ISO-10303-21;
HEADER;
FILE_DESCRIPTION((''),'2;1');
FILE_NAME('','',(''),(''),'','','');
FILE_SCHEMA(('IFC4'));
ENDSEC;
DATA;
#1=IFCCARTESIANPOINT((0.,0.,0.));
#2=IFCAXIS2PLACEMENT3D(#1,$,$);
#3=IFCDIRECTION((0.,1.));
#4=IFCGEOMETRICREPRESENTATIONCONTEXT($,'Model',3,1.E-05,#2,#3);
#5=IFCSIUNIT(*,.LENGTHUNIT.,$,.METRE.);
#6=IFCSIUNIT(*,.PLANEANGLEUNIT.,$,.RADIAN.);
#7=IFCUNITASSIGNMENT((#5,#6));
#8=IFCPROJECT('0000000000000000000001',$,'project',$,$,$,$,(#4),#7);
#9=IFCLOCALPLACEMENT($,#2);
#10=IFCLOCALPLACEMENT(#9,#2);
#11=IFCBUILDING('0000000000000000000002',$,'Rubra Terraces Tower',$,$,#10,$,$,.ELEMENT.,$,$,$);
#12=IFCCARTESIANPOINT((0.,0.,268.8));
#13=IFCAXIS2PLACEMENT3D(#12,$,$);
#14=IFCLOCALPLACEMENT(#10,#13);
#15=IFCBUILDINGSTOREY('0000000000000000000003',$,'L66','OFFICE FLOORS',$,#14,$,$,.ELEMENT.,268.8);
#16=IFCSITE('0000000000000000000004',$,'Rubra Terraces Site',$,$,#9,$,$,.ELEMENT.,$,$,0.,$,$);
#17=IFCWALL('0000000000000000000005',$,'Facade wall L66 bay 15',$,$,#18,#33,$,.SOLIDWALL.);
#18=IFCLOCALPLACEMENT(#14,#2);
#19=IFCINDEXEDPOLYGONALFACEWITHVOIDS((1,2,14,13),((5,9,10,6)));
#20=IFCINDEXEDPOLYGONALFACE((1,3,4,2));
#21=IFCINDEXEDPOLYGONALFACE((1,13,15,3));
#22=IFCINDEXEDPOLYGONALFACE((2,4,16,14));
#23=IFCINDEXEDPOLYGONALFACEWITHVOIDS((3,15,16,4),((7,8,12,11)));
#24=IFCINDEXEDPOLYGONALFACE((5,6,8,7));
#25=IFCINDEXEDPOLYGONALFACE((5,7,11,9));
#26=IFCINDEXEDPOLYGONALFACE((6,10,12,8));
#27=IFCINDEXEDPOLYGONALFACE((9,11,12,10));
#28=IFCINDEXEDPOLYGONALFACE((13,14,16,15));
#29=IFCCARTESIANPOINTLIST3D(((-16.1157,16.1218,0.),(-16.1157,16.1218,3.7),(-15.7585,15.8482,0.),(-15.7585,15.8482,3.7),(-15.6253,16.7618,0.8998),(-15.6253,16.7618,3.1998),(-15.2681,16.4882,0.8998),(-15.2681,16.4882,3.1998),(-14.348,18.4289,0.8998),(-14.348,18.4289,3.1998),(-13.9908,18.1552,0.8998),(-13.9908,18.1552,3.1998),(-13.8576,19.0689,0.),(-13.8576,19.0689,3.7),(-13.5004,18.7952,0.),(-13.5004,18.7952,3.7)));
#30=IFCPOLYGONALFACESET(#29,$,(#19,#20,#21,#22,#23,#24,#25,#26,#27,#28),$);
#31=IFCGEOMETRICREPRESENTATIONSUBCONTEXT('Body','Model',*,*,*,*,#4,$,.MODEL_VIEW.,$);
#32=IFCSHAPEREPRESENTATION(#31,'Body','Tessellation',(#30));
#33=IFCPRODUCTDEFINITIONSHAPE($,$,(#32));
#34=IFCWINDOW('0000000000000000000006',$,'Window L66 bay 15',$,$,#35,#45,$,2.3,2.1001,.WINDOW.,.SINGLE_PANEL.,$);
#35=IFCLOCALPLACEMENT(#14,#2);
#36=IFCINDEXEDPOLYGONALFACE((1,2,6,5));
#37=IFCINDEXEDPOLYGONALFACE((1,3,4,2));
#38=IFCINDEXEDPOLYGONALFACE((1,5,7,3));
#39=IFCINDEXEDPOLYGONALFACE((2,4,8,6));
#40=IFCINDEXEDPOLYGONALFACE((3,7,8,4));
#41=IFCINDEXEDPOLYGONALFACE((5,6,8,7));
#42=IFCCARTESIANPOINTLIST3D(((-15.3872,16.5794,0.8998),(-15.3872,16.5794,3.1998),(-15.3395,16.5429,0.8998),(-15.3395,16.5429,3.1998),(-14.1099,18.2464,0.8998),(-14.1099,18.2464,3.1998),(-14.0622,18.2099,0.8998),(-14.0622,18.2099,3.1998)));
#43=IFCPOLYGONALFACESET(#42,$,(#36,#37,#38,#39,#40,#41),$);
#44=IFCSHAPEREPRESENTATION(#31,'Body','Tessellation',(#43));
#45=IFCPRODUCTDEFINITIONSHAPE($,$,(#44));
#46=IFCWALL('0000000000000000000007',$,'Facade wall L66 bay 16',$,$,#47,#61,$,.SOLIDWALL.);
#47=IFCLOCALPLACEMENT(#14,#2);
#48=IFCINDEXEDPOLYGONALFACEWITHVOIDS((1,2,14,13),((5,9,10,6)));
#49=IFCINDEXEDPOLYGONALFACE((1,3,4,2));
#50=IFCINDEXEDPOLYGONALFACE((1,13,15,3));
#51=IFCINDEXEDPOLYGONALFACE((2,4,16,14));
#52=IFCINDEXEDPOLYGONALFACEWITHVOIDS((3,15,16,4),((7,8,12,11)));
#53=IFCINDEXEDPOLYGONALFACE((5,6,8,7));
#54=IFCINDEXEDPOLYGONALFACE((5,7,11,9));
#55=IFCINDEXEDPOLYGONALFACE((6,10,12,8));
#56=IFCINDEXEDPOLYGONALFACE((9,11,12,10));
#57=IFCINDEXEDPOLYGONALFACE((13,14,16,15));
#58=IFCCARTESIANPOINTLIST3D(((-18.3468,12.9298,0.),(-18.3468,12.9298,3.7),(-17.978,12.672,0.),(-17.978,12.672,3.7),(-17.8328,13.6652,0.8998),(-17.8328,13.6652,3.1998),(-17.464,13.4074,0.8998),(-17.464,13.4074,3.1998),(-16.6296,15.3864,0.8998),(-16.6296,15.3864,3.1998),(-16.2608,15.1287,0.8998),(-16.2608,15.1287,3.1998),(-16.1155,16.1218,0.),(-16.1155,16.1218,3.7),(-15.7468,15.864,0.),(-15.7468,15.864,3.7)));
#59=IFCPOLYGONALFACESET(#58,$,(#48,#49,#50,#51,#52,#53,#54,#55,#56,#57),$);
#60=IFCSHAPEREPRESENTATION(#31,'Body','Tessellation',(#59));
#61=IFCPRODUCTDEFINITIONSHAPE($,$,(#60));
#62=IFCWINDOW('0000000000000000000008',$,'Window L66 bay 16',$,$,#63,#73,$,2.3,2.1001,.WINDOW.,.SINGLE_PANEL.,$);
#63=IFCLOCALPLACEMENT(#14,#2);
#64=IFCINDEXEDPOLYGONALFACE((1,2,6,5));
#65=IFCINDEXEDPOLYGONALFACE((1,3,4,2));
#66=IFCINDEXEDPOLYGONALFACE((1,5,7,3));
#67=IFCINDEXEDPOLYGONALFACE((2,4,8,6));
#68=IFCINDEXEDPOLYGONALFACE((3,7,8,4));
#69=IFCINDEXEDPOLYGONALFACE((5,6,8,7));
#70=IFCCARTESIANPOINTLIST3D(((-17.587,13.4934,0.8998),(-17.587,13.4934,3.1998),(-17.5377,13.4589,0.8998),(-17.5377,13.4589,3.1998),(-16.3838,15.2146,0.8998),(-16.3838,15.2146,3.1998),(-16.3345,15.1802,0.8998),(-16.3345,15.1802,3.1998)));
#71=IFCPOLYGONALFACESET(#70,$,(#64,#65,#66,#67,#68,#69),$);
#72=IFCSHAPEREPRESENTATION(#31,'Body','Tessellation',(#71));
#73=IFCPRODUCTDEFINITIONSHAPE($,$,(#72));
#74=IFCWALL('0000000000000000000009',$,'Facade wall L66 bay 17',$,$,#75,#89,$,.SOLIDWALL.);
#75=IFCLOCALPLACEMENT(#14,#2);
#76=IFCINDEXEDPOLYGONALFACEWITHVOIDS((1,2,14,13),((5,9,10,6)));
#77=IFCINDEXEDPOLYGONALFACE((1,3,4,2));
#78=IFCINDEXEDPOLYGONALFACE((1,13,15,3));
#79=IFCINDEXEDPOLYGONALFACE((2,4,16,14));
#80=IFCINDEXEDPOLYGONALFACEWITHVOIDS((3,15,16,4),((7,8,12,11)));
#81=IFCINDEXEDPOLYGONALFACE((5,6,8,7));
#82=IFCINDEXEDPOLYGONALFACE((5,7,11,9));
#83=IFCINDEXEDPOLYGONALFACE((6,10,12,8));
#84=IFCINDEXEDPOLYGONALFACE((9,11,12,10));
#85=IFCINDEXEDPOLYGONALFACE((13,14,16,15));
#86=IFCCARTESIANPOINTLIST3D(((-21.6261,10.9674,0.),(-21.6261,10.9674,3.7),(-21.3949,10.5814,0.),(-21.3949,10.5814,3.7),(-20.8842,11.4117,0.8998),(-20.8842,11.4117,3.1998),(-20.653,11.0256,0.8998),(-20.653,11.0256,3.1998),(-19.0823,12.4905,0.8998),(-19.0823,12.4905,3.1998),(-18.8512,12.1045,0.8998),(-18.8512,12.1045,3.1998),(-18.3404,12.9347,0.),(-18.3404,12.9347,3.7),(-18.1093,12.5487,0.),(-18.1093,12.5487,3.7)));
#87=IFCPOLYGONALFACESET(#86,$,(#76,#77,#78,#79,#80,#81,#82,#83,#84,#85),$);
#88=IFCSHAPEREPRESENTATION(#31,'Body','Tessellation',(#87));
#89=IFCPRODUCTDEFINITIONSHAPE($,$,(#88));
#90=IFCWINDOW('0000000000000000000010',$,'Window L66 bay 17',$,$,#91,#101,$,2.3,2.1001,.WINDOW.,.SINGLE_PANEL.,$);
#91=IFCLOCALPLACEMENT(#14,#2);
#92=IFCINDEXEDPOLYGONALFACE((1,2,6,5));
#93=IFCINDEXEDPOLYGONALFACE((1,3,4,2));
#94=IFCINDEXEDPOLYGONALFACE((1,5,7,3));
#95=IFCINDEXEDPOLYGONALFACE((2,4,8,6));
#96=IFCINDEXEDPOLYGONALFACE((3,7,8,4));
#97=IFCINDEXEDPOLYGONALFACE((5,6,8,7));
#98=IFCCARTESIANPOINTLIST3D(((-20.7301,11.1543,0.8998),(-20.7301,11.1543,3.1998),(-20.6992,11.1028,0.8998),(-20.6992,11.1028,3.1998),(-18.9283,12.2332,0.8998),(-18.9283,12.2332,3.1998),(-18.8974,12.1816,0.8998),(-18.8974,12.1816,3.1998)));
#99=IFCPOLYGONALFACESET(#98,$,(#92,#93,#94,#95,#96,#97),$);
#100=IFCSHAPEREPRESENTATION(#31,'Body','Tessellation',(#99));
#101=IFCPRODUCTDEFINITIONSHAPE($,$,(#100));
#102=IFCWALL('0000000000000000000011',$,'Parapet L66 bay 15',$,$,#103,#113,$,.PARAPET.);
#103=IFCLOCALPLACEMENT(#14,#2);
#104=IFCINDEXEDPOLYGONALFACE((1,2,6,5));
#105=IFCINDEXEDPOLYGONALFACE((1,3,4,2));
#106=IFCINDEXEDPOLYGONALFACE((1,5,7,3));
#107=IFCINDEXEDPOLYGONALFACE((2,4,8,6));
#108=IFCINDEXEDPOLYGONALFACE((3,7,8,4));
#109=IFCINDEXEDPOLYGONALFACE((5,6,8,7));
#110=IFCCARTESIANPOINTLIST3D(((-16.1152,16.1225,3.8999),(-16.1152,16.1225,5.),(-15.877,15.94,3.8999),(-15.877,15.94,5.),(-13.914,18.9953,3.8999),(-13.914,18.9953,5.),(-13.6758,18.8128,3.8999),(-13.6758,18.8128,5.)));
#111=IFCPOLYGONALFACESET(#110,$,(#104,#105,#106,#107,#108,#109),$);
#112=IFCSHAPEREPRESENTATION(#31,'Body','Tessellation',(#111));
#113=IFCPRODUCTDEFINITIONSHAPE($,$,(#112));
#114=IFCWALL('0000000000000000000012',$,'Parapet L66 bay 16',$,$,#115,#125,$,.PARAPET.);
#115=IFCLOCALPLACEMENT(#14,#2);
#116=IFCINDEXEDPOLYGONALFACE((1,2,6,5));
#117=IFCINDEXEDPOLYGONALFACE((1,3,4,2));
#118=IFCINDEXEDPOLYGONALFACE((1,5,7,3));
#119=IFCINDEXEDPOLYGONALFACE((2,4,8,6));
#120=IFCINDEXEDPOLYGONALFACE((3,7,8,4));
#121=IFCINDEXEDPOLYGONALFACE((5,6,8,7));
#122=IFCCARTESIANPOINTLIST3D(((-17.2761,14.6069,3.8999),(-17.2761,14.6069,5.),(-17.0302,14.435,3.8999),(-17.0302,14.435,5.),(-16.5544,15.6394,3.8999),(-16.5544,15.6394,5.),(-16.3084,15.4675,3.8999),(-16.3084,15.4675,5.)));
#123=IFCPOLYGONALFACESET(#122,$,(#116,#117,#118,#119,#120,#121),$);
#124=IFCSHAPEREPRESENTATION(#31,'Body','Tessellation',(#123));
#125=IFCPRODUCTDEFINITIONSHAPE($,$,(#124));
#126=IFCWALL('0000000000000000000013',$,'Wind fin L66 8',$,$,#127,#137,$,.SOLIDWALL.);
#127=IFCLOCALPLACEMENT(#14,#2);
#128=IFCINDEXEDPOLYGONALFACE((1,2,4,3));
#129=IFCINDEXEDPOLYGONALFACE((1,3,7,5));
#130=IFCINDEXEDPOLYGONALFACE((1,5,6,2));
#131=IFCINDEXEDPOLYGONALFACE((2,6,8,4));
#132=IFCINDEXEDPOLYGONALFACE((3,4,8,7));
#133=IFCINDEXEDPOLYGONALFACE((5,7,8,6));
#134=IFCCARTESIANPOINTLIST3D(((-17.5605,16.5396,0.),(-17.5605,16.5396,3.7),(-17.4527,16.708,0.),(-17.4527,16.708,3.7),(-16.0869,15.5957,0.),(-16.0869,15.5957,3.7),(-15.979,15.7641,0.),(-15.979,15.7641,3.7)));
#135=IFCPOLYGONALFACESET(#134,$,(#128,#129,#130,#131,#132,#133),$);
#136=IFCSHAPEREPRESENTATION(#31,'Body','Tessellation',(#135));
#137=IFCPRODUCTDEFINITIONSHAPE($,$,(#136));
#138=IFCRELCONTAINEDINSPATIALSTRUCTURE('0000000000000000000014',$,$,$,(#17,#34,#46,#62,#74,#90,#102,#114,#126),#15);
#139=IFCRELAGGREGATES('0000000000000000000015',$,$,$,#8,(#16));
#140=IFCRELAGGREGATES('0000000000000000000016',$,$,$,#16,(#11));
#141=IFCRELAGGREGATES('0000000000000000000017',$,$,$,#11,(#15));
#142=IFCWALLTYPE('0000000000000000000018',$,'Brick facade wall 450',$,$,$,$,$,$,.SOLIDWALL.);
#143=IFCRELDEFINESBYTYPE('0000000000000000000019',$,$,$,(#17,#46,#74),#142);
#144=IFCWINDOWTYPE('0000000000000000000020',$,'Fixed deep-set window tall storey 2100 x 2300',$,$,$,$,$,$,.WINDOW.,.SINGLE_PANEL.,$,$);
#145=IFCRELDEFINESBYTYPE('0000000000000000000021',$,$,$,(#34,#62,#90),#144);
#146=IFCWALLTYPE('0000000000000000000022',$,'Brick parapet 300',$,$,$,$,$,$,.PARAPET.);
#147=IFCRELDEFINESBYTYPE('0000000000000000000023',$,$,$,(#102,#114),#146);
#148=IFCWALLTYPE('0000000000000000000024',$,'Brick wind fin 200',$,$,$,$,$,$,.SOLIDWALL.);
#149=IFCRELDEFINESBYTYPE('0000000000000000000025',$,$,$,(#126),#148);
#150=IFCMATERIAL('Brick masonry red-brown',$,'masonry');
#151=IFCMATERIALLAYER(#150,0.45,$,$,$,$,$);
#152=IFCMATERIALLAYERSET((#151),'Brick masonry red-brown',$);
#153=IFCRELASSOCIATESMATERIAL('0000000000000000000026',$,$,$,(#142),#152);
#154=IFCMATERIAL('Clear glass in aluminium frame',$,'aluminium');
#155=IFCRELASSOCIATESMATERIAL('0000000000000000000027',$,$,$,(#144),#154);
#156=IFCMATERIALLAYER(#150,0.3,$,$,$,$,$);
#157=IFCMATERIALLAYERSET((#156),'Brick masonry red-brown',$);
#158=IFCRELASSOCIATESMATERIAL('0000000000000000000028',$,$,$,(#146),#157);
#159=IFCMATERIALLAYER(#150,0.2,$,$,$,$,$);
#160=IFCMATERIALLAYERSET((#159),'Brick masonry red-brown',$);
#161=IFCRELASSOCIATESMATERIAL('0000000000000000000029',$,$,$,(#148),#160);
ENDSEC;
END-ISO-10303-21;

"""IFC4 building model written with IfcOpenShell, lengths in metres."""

from ifc_helpers import new_model, si_unit, direction, frame, frame_2d, origin, place, context, subcontext, project, spatial, rectangle, extrude, material, layer, layer_set, type_object, element, fill, save


model = new_model("IFC4")

# Units and contexts
model_context = context("Model", 3, precision=1e-05, world=origin(), true_north=direction((0.0, 1.0)))
body_context = subcontext(model_context, "Body", "Model", "MODEL_VIEW")
ifc_project = project(units=[si_unit("LENGTHUNIT", "METRE"), si_unit("PLANEANGLEUNIT", "RADIAN")], contexts=[model_context])

# Site, building, storey
site_placement = place(None, origin())
site = spatial("IfcSite", under=ifc_project, at=site_placement, Name="Rubra Terraces Site", CompositionType="ELEMENT", RefElevation=0.0)
building_placement = place(site_placement, origin())
building = spatial("IfcBuilding", under=site, at=building_placement, Name="Rubra Terraces Tower", CompositionType="ELEMENT")
storey_placement = place(building_placement, frame((0.0, 0.0, 268.8)))
storey = spatial("IfcBuildingStorey", under=building, at=storey_placement, Name="L66", Description="OFFICE FLOORS", CompositionType="ELEMENT", Elevation=268.8)

# Walls, openings, windows
ifc_material_1 = material(Name="Brick masonry red-brown", Category="masonry")
ifc_layer_1 = layer(ifc_material_1, 0.45)
ifc_layer_set_1 = layer_set([ifc_layer_1], Name="Brick masonry red-brown")
wall_type_1 = type_object("IfcWallType", Name="Brick facade wall 450", PredefinedType="SOLIDWALL", material=ifc_layer_set_1)
wall_1_placement = place(storey_placement, frame((-13.679, 18.9321, 0.0), z_axis=(0.0, 0.0, 1.0), x_axis=(-0.608206, -0.793779, 0.0)))
wall_1 = element("IfcWall", 1, at=wall_1_placement, inside=storey, type_object=wall_type_1, Name="Facade wall L66 bay 15", PredefinedType="SOLIDWALL", context=body_context, shape_type="SweptSolid", body=[
    extrude(rectangle(XDim=3.7126, YDim=0.45, at=frame_2d((1.8564, 0.0))), origin(), (0.0, 0.0, 1.0), 3.7),
])
opening_1_placement = place(wall_1_placement, frame((0.8064, 0.0, 0.8999)))
opening_1 = element("IfcOpeningElement", 2, at=opening_1_placement, cuts=wall_1, PredefinedType="OPENING", context=body_context, shape_type="SweptSolid", body=[
    extrude(rectangle(XDim=2.1001, YDim=2.3, at=frame_2d((1.05, 1.1499))), frame((0.0, 0.2349, 0.0), z_axis=(0.0, -1.0, 0.0), x_axis=(1.0, 0.0, 0.0)), (0.0, 0.0, 1.0), 0.47),
])
ifc_material_2 = material(Name="Clear glass in aluminium frame", Category="aluminium")
window_type = type_object("IfcWindowType", Name="Fixed deep-set window tall storey 2100 x 2300", PartitioningType="SINGLE_PANEL", PredefinedType="WINDOW", material=ifc_material_2)
window_1_placement = place(opening_1_placement, origin())
window_1 = element("IfcWindow", 3, at=window_1_placement, inside=storey, type_object=window_type, Name="Window L66 bay 15", OverallHeight=2.3, OverallWidth=2.1001, PartitioningType="SINGLE_PANEL", PredefinedType="WINDOW", context=body_context, shape_type="SweptSolid", body=[
    extrude(rectangle(XDim=2.1001, YDim=2.3, at=frame_2d((1.05, 1.1499))), frame((0.0, 0.135, 0.0), z_axis=(0.0, -1.0, 0.0), x_axis=(1.0, 0.0, 0.0)), (0.0, 0.0, 1.0), 0.0601),
])
fill(opening_1, window_1)
wall_2_placement = place(storey_placement, frame((-15.9312, 15.9929, 0.0), z_axis=(0.0, 0.0, 1.0), x_axis=(-0.572924, -0.819609, 0.0)))
wall_2 = element("IfcWall", 4, at=wall_2_placement, inside=storey, type_object=wall_type_1, Name="Facade wall L66 bay 16", PredefinedType="SOLIDWALL", context=body_context, shape_type="SweptSolid", body=[
    extrude(rectangle(XDim=3.8945, YDim=0.45, at=frame_2d((1.9473, 0.0))), origin(), (0.0, 0.0, 1.0), 3.7),
])
opening_2_placement = place(wall_2_placement, frame((0.8972, 0.0, 0.8999)))
opening_2 = element("IfcOpeningElement", 5, at=opening_2_placement, cuts=wall_2, PredefinedType="OPENING", context=body_context, shape_type="SweptSolid", body=[
    extrude(rectangle(XDim=2.1001, YDim=2.3, at=frame_2d((1.05, 1.1499))), frame((0.0, 0.2349, 0.0), z_axis=(0.0, -1.0, 0.0), x_axis=(1.0, 0.0, 0.0)), (0.0, 0.0, 1.0), 0.47),
])
window_2_placement = place(opening_2_placement, origin())
window_2 = element("IfcWindow", 6, at=window_2_placement, inside=storey, type_object=window_type, Name="Window L66 bay 16", OverallHeight=2.3, OverallWidth=2.1001, PartitioningType="SINGLE_PANEL", PredefinedType="WINDOW", context=body_context, shape_type="SweptSolid", body=[
    extrude(rectangle(XDim=2.1001, YDim=2.3, at=frame_2d((1.05, 1.1499))), frame((0.0, 0.135, 0.0), z_axis=(0.0, -1.0, 0.0), x_axis=(1.0, 0.0, 0.0)), (0.0, 0.0, 1.0), 0.0601),
])
fill(opening_2, window_2)
wall_3_placement = place(storey_placement, frame((-18.2249, 12.7417, 0.0), z_axis=(0.0, 0.0, 1.0), x_axis=(-0.857965, -0.513708, 0.0)))
wall_3 = element("IfcWall", 7, at=wall_3_placement, inside=storey, type_object=wall_type_1, Name="Facade wall L66 bay 17", PredefinedType="SOLIDWALL", context=body_context, shape_type="SweptSolid", body=[
    extrude(rectangle(XDim=3.8296, YDim=0.45, at=frame_2d((1.9148, 0.0))), origin(), (0.0, 0.0, 1.0), 3.7),
])
opening_3_placement = place(wall_3_placement, frame((0.8647, 0.0, 0.8999)))
opening_3 = element("IfcOpeningElement", 8, at=opening_3_placement, cuts=wall_3, PredefinedType="OPENING", context=body_context, shape_type="SweptSolid", body=[
    extrude(rectangle(XDim=2.1001, YDim=2.3, at=frame_2d((1.05, 1.1499))), frame((0.0, 0.2349, 0.0), z_axis=(0.0, -1.0, 0.0), x_axis=(1.0, 0.0, 0.0)), (0.0, 0.0, 1.0), 0.47),
])
window_3_placement = place(opening_3_placement, origin())
window_3 = element("IfcWindow", 9, at=window_3_placement, inside=storey, type_object=window_type, Name="Window L66 bay 17", OverallHeight=2.3, OverallWidth=2.1001, PartitioningType="SINGLE_PANEL", PredefinedType="WINDOW", context=body_context, shape_type="SweptSolid", body=[
    extrude(rectangle(XDim=2.1001, YDim=2.3, at=frame_2d((1.05, 1.1499))), frame((0.0, 0.135, 0.0), z_axis=(0.0, -1.0, 0.0), x_axis=(1.0, 0.0, 0.0)), (0.0, 0.0, 1.0), 0.0601),
])
fill(opening_3, window_3)

# Walls
ifc_layer_2 = layer(ifc_material_1, 0.3)
ifc_layer_set_2 = layer_set([ifc_layer_2], Name="Brick masonry red-brown")
wall_type_2 = type_object("IfcWallType", Name="Brick parapet 300", PredefinedType="PARAPET", material=ifc_layer_set_2)
wall_4_placement = place(storey_placement, frame((-13.7949, 18.9041, 3.8999), z_axis=(0.0, 0.0, 1.0), x_axis=(-0.608204, -0.793781, 0.0)))
element("IfcWall", 10, at=wall_4_placement, inside=storey, type_object=wall_type_2, Name="Parapet L66 bay 15", PredefinedType="PARAPET", context=body_context, shape_type="SweptSolid", body=[
    extrude(rectangle(XDim=3.6191, YDim=0.3, at=frame_2d((1.8096, 0.0))), origin(), (0.0, 0.0, 1.0), 1.1001),
])
wall_5_placement = place(storey_placement, frame((-16.4314, 15.5535, 3.8999), z_axis=(0.0, 0.0, 1.0), x_axis=(-0.572903, -0.819623, 0.0)))
element("IfcWall", 11, at=wall_5_placement, inside=storey, type_object=wall_type_2, Name="Parapet L66 bay 16", PredefinedType="PARAPET", context=body_context, shape_type="SweptSolid", body=[
    extrude(rectangle(XDim=1.2598, YDim=0.3, at=frame_2d((0.6299, 0.0))), origin(), (0.0, 0.0, 1.0), 1.1001),
])
ifc_layer_3 = layer(ifc_material_1, 0.2)
ifc_layer_set_3 = layer_set([ifc_layer_3], Name="Brick masonry red-brown")
wall_type_3 = type_object("IfcWallType", Name="Brick wind fin 200", PredefinedType="SOLIDWALL", material=ifc_layer_set_3)
wall_6_placement = place(storey_placement, frame((-16.033, 15.6799, 0.0), z_axis=(0.0, 0.0, 1.0), x_axis=(-0.842084, 0.539347, 0.0)))
element("IfcWall", 12, at=wall_6_placement, inside=storey, type_object=wall_type_3, Name="Wind fin L66 8", PredefinedType="SOLIDWALL", context=body_context, shape_type="SweptSolid", body=[
    extrude(rectangle(XDim=1.75, YDim=0.2, at=frame_2d((0.875, 0.0))), origin(), (0.0, 0.0, 1.0), 3.7),
])

save(model, "model.ifc")
